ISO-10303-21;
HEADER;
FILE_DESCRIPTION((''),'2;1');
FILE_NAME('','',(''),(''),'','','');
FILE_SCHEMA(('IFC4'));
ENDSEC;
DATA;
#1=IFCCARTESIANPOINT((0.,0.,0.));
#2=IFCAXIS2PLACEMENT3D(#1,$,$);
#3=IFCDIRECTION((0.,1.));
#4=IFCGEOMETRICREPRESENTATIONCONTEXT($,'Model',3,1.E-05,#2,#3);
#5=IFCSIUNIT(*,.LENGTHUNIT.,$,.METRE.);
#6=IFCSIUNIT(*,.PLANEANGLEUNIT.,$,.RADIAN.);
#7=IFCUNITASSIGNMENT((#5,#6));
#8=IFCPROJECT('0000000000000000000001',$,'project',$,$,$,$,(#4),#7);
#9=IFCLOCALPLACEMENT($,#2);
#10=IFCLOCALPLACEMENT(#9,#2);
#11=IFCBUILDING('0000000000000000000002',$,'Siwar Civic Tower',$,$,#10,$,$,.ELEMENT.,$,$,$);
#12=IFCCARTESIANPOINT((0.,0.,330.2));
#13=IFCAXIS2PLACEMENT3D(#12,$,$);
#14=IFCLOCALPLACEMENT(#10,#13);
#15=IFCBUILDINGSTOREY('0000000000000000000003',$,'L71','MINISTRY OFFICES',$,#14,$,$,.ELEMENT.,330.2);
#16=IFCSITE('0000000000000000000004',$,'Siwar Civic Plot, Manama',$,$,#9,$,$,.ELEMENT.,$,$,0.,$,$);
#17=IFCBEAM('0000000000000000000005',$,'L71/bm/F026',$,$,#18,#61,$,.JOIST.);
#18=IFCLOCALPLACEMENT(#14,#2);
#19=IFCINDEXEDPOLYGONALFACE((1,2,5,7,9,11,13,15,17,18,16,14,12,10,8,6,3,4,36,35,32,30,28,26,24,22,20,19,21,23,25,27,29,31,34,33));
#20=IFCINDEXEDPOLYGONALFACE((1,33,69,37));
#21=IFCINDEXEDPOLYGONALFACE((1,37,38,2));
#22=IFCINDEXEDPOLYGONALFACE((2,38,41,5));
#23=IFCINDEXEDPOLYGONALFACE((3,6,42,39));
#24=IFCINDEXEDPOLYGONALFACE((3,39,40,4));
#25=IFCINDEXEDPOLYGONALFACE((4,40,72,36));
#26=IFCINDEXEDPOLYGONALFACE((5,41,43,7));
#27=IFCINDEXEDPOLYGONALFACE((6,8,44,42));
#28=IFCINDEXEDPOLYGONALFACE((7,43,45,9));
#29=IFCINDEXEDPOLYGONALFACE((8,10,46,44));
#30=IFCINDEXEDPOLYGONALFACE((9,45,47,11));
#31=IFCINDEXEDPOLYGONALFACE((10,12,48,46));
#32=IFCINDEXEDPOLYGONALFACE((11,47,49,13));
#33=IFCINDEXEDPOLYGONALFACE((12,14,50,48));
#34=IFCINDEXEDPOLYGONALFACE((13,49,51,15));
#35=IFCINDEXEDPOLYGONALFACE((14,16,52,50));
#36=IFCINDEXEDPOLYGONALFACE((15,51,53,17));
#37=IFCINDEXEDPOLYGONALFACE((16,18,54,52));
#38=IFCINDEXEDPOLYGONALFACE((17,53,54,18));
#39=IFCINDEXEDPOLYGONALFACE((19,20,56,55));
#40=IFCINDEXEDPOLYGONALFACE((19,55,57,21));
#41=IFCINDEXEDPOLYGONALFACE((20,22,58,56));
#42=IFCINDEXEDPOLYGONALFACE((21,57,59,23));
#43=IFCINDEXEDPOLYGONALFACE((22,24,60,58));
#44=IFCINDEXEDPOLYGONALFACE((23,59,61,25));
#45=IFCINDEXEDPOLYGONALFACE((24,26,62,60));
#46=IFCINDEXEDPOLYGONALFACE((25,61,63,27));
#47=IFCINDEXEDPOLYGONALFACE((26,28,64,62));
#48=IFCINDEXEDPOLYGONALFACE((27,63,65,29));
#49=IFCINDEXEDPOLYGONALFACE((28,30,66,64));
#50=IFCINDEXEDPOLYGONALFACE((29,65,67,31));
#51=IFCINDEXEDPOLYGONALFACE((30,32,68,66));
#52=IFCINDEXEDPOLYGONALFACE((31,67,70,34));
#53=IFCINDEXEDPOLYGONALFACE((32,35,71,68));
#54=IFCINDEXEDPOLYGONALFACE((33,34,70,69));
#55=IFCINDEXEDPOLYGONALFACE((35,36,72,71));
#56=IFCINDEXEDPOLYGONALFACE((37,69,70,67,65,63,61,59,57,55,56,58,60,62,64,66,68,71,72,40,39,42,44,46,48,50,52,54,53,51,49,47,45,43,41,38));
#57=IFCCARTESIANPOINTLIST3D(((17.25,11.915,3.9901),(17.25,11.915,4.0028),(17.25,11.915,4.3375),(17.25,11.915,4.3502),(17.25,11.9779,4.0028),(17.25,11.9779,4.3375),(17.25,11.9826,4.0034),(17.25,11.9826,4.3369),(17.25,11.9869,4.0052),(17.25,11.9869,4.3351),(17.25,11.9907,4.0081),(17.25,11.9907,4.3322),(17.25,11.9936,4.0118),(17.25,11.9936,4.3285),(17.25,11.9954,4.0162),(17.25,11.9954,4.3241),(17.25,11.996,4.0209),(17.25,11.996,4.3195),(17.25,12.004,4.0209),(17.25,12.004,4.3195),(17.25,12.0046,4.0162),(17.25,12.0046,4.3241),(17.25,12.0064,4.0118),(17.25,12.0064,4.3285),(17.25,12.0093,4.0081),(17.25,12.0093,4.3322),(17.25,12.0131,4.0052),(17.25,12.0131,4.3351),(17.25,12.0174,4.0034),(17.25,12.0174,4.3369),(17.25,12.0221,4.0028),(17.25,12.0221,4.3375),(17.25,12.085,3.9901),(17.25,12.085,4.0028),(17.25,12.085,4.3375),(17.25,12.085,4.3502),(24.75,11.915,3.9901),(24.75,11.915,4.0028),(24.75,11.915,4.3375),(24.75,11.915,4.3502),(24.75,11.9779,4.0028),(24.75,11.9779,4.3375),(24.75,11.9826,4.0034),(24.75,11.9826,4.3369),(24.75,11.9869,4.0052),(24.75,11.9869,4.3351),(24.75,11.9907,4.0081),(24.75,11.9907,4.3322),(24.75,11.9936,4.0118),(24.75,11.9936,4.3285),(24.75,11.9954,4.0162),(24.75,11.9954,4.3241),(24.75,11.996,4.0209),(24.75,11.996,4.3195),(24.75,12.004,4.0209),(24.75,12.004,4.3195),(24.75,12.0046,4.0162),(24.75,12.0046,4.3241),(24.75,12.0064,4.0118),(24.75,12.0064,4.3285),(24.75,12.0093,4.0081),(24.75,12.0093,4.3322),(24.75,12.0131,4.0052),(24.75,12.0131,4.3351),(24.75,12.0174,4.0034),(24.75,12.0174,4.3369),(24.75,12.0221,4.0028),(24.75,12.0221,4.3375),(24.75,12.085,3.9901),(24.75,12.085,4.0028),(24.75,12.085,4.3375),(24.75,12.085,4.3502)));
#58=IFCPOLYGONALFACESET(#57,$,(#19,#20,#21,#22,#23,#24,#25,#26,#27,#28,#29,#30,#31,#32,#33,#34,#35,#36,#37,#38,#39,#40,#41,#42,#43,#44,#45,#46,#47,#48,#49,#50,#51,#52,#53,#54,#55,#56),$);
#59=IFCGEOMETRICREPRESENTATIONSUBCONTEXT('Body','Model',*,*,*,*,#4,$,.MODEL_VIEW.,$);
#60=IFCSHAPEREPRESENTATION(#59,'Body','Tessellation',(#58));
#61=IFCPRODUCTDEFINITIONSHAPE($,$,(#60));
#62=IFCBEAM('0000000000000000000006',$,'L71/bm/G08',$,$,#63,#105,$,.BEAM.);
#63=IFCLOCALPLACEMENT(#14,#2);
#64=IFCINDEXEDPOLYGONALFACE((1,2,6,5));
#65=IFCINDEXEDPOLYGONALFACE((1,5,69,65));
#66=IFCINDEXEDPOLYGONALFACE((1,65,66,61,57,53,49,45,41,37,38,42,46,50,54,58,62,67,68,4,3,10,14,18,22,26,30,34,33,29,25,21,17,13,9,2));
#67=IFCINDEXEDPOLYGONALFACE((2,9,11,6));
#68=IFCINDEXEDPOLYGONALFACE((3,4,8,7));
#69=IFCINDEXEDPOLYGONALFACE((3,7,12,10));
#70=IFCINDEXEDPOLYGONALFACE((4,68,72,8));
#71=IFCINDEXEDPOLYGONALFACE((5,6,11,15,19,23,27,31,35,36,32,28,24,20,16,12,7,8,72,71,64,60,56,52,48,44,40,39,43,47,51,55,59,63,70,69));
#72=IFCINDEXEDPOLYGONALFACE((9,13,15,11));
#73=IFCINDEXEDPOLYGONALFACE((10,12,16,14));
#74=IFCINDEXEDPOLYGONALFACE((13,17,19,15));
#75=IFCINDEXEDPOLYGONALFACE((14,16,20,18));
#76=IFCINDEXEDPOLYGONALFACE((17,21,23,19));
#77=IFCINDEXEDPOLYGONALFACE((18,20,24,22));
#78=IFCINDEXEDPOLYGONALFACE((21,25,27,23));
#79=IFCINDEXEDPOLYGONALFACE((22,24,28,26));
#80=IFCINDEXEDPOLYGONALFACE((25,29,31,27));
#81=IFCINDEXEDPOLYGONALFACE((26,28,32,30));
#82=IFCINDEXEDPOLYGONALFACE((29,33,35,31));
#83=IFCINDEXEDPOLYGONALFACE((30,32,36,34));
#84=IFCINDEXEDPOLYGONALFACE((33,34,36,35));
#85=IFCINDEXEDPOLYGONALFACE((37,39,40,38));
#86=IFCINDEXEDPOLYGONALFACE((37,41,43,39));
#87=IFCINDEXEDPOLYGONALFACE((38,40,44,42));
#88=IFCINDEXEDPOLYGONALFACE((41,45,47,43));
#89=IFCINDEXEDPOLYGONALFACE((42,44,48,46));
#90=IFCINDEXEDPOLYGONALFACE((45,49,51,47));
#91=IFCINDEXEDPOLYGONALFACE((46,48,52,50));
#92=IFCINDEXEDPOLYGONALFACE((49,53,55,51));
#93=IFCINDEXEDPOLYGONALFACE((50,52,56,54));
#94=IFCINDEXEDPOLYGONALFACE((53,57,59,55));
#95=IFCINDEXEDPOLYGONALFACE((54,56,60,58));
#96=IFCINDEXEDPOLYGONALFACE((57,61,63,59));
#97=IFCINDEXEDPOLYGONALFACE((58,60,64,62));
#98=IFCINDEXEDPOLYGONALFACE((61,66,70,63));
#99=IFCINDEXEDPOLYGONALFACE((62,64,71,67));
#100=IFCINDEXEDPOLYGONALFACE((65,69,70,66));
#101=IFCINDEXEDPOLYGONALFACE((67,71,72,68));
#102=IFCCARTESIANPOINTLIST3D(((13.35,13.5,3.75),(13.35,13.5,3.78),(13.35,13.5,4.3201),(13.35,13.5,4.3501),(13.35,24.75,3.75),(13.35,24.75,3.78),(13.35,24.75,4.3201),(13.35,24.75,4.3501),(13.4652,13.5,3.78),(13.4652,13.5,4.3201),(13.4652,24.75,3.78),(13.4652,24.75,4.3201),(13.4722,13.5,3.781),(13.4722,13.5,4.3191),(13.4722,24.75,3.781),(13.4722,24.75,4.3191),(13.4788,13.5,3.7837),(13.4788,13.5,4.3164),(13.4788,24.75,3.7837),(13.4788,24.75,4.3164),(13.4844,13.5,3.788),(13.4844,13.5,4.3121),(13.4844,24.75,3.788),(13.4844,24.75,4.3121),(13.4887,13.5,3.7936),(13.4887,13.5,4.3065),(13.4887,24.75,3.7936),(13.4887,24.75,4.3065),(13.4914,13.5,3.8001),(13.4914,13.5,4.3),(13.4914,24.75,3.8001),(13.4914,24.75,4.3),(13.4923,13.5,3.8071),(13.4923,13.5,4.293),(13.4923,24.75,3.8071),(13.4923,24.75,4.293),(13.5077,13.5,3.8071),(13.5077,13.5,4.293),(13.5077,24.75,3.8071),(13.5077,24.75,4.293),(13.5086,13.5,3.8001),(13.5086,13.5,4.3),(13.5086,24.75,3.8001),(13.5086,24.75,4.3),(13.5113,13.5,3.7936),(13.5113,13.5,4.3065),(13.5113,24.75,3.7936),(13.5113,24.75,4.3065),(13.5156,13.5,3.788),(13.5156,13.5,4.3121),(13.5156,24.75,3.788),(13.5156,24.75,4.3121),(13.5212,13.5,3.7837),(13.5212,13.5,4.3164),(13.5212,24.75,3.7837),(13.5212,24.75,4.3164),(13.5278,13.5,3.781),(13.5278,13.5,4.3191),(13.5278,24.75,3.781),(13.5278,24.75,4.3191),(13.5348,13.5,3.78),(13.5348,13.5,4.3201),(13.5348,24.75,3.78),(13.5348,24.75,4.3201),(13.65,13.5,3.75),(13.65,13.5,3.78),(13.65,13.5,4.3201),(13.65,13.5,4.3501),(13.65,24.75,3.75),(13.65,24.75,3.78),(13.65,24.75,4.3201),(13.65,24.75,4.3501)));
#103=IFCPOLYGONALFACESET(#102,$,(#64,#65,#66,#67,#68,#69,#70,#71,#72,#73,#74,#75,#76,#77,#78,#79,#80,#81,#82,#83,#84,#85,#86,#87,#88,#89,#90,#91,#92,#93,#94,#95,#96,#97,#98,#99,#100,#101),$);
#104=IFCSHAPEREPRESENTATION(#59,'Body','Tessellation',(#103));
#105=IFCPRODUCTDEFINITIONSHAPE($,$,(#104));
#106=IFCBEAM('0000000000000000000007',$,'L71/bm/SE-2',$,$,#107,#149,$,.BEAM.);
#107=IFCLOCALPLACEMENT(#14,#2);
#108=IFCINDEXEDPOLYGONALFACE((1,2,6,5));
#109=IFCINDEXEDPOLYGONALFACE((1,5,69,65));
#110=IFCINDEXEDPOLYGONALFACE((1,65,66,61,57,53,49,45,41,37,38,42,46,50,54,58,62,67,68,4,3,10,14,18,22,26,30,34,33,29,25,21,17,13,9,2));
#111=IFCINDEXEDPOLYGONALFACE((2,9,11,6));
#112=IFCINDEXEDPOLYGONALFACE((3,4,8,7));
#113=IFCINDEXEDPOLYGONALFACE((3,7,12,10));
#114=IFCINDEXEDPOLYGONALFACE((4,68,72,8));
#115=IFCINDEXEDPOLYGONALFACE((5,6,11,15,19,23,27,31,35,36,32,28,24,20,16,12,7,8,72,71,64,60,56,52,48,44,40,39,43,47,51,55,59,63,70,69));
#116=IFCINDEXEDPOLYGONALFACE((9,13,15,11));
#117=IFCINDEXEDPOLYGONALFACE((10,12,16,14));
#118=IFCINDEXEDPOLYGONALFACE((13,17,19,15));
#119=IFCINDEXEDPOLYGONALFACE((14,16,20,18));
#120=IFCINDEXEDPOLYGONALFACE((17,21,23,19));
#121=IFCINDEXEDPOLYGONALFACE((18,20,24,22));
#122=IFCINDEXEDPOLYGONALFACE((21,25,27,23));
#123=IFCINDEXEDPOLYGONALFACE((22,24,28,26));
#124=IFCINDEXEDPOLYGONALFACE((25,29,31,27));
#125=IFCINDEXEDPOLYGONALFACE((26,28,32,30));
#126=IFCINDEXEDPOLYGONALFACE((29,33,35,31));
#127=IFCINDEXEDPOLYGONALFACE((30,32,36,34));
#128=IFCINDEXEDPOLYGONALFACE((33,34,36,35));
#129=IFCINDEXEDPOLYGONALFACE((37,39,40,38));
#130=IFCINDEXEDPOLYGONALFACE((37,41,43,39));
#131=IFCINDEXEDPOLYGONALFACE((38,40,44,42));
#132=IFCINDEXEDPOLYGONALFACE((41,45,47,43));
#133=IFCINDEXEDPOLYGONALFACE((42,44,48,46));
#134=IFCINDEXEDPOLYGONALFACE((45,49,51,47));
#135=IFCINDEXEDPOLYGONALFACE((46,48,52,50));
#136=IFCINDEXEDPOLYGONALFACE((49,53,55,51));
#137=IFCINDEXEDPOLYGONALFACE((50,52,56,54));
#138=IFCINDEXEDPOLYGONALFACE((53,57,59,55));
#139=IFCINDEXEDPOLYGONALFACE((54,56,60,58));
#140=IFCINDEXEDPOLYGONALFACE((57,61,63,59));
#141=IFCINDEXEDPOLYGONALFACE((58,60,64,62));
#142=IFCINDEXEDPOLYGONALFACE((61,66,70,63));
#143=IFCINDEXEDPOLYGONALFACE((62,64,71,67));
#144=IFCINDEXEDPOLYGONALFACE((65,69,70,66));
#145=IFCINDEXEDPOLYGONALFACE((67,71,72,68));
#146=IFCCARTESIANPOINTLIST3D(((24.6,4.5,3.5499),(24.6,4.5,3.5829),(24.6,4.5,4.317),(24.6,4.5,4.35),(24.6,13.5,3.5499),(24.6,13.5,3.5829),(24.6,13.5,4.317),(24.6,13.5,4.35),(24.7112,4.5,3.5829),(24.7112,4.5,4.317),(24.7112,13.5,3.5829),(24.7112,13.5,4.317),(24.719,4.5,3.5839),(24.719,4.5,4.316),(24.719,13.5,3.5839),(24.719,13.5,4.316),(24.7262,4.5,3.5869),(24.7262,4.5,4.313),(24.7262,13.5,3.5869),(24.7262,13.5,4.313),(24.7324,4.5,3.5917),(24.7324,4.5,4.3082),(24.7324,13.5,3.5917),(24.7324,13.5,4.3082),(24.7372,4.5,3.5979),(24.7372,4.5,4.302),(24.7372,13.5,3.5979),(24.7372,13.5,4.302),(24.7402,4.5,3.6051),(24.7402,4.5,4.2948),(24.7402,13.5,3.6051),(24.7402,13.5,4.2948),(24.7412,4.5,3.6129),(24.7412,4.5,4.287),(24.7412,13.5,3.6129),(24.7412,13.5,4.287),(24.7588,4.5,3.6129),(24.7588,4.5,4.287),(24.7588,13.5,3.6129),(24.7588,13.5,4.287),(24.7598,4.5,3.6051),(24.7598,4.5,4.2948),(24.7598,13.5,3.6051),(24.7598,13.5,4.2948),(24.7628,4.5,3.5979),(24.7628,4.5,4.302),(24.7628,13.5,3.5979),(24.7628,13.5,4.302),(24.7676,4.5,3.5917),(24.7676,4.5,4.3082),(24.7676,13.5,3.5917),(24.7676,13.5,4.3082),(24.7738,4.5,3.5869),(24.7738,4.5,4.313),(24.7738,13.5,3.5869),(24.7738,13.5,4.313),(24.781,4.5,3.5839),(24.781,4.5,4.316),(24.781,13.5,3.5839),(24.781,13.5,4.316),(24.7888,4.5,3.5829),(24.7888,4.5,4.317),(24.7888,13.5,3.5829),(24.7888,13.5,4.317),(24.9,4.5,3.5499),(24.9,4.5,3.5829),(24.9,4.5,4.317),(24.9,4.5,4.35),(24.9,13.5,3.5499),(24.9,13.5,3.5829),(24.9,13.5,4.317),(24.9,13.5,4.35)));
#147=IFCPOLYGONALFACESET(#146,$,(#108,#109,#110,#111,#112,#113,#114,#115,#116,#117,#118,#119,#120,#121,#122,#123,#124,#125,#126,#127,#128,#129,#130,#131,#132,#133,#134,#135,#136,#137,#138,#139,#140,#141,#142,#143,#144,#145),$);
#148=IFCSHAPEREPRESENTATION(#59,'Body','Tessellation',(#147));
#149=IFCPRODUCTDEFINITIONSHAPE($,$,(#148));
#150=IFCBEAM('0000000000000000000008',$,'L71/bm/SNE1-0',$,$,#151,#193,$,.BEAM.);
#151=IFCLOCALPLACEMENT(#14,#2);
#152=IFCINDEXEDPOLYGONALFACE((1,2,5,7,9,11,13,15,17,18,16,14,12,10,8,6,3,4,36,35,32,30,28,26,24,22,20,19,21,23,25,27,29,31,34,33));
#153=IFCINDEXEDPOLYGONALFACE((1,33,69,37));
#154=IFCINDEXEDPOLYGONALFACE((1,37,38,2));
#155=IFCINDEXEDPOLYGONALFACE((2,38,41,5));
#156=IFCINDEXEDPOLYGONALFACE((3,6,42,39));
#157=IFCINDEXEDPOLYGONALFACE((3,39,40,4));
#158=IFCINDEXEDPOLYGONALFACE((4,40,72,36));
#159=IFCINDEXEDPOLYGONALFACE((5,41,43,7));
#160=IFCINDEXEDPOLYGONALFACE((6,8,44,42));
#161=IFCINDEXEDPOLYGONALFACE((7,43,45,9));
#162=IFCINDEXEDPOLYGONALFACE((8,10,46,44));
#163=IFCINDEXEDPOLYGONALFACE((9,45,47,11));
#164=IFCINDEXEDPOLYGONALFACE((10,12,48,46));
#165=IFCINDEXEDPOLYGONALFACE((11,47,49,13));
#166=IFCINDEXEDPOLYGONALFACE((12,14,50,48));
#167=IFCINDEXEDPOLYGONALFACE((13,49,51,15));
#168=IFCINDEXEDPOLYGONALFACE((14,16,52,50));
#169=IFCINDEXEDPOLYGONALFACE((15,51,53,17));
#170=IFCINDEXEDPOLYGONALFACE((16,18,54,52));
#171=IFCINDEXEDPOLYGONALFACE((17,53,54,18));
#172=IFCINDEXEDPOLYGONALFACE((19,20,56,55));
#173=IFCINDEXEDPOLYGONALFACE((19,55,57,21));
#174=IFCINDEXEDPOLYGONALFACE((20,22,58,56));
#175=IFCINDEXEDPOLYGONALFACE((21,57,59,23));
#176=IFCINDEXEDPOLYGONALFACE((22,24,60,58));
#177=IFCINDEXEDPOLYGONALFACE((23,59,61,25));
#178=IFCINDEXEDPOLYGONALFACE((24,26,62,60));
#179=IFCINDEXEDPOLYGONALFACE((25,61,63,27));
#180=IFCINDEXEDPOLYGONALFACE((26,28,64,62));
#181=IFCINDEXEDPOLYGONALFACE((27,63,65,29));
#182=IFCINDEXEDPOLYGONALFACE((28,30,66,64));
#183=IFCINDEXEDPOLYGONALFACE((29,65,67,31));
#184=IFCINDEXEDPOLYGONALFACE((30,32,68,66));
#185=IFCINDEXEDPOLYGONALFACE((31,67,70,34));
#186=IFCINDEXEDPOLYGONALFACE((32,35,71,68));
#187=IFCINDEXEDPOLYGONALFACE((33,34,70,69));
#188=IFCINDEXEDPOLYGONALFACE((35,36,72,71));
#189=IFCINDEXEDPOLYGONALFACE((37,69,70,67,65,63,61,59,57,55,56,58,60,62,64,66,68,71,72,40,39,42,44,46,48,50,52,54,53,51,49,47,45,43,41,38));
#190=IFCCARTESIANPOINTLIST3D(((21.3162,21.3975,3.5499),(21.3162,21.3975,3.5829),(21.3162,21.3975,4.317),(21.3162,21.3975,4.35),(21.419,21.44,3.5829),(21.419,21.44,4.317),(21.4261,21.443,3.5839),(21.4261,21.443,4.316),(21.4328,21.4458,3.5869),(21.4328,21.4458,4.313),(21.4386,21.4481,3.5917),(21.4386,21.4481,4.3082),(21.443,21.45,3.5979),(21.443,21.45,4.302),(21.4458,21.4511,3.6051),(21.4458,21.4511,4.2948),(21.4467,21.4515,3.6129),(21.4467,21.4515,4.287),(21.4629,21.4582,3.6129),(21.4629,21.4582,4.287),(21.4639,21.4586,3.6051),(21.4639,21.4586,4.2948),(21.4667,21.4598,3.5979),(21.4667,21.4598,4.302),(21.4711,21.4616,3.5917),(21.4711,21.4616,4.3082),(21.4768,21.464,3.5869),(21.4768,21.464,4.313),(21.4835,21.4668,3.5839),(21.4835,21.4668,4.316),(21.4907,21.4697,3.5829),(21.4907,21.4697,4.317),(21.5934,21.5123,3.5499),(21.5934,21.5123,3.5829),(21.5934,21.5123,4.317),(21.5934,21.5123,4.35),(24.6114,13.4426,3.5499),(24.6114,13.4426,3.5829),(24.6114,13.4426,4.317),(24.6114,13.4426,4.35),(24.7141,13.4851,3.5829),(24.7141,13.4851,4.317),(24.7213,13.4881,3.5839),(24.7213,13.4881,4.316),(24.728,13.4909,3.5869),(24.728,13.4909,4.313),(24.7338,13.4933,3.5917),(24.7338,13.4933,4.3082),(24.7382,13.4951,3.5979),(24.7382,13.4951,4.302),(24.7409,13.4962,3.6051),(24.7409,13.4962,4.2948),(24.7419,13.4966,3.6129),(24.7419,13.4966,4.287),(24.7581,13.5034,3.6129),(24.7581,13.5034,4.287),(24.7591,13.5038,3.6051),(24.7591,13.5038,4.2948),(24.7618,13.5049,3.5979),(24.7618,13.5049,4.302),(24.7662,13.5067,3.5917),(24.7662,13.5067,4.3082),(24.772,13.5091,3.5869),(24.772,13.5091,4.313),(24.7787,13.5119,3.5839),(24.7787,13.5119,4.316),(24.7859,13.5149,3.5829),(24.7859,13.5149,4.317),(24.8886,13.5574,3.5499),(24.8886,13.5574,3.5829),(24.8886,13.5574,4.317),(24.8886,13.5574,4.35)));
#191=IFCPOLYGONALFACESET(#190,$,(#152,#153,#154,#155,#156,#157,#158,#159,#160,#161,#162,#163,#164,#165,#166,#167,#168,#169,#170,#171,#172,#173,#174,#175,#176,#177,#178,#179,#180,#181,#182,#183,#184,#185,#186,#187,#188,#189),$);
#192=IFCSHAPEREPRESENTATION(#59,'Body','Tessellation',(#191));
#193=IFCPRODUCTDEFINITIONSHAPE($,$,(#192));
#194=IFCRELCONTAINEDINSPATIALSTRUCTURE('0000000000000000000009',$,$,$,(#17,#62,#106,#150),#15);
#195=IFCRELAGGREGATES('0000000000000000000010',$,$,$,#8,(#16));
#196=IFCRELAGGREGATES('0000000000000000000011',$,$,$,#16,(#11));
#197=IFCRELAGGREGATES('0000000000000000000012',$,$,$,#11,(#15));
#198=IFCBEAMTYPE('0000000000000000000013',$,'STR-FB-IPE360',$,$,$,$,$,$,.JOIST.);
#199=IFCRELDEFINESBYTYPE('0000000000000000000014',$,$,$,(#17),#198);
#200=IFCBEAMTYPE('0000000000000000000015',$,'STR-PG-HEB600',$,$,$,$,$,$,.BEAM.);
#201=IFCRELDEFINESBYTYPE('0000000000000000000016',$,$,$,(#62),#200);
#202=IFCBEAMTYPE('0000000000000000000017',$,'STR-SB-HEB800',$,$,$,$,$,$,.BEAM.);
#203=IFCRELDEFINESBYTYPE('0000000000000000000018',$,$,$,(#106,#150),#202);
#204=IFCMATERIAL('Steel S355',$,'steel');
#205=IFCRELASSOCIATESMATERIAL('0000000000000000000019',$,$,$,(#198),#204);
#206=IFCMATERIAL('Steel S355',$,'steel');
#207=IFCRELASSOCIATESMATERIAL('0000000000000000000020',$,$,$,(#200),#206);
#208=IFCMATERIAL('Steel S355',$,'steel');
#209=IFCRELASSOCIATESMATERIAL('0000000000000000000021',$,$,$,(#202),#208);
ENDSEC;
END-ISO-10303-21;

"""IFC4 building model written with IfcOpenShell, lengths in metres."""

from ifc_helpers import new_model, si_unit, direction, frame, origin, origin_2d, place, context, subcontext, project, spatial, i_section, extrude, material, material_profile, profile_set, type_object, element, save


model = new_model("IFC4")

# Units and contexts
model_context = context("Model", 3, precision=1e-05, world=origin(), true_north=direction((0.0, 1.0)))
body_context = subcontext(model_context, "Body", "Model", "MODEL_VIEW")
ifc_project = project(units=[si_unit("LENGTHUNIT", "METRE"), si_unit("PLANEANGLEUNIT", "RADIAN")], contexts=[model_context])

# Site, building, storey
site_placement = place(None, origin())
site = spatial("IfcSite", under=ifc_project, at=site_placement, Name="Siwar Civic Plot, Manama", CompositionType="ELEMENT", RefElevation=0.0)
building_placement = place(site_placement, origin())
building = spatial("IfcBuilding", under=site, at=building_placement, Name="Siwar Civic Tower", CompositionType="ELEMENT")
storey_placement = place(building_placement, frame((0.0, 0.0, 330.2)))
storey = spatial("IfcBuildingStorey", under=building, at=storey_placement, Name="L71", Description="MINISTRY OFFICES", CompositionType="ELEMENT", Elevation=330.2)

# Beams
ifc_material_1 = material(Name="Steel S355", Category="steel")
ifc_material_profile_1 = material_profile(ifc_material_1, i_section(OverallWidth=0.1699, OverallDepth=0.3601, WebThickness=0.0081, FlangeThickness=0.0127, FilletRadius=0.0181, at=origin_2d()), Name="IPE360")
ifc_profile_set_1 = profile_set([ifc_material_profile_1], Name="Steel S355")
beam_type_1 = type_object("IfcBeamType", Name="STR-FB-IPE360", PredefinedType="JOIST", material=ifc_profile_set_1)
for number, where, z_axis, x_axis, name in (
    (1, (17.25, 12.0, 4.1702), (1.0, 0.0, 0.0), (0.0, 1.0, 0.0), "L71/bm/F026"),
):
    element("IfcBeam", number, at=place(storey_placement, frame(where, z_axis=z_axis, x_axis=x_axis)), inside=storey, type_object=beam_type_1, Name=name, PredefinedType="JOIST", context=body_context, shape_type="SweptSolid", body=[
        extrude(i_section(OverallWidth=0.1699, OverallDepth=0.3601, WebThickness=0.0081, FlangeThickness=0.0127, FilletRadius=0.0181, at=origin_2d()), origin(), (0.0, 0.0, 1.0), 7.5),
    ])
ifc_material_2 = material(Name="Steel S355", Category="steel")
ifc_material_profile_2 = material_profile(ifc_material_2, i_section(OverallWidth=0.3, OverallDepth=0.6001, WebThickness=0.0154, FlangeThickness=0.03, FilletRadius=0.0271, at=origin_2d()), Name="HEB600")
ifc_profile_set_2 = profile_set([ifc_material_profile_2], Name="Steel S355")
beam_type_2 = type_object("IfcBeamType", Name="STR-PG-HEB600", PredefinedType="BEAM", material=ifc_profile_set_2)
beam_1_placement = place(storey_placement, frame((13.5, 13.5, 4.05), z_axis=(0.0, 1.0, 0.0), x_axis=(-1.0, 0.0, 0.0)))
element("IfcBeam", 2, at=beam_1_placement, inside=storey, type_object=beam_type_2, Name="L71/bm/G08", PredefinedType="BEAM", context=body_context, shape_type="SweptSolid", body=[
    extrude(i_section(OverallWidth=0.3, OverallDepth=0.6001, WebThickness=0.0154, FlangeThickness=0.03, FilletRadius=0.0271, at=origin_2d()), origin(), (0.0, 0.0, 1.0), 11.25),
])
ifc_material_3 = material(Name="Steel S355", Category="steel")
ifc_material_profile_3 = material_profile(ifc_material_3, i_section(OverallWidth=0.3, OverallDepth=0.8, WebThickness=0.0176, FlangeThickness=0.033, FilletRadius=0.03, at=origin_2d()), Name="HEB800")
ifc_profile_set_3 = profile_set([ifc_material_profile_3], Name="Steel S355")
beam_type_3 = type_object("IfcBeamType", Name="STR-SB-HEB800", PredefinedType="BEAM", material=ifc_profile_set_3)
beam_2_placement = place(storey_placement, frame((24.75, 4.5, 3.95), z_axis=(0.0, 1.0, 0.0), x_axis=(-1.0, 0.0, 0.0)))
element("IfcBeam", 3, at=beam_2_placement, inside=storey, type_object=beam_type_3, Name="L71/bm/SE-2", PredefinedType="BEAM", context=body_context, shape_type="SweptSolid", body=[
    extrude(i_section(OverallWidth=0.3, OverallDepth=0.8, WebThickness=0.0176, FlangeThickness=0.033, FilletRadius=0.03, at=origin_2d()), origin(), (0.0, 0.0, 1.0), 9.0),
])
beam_3_placement = place(storey_placement, frame((24.75, 13.5, 3.95), z_axis=(-0.3827, 0.923873, 0.0), x_axis=(-0.923873, -0.3827, 0.0)))
element("IfcBeam", 4, at=beam_3_placement, inside=storey, type_object=beam_type_3, Name="L71/bm/SNE1-0", PredefinedType="BEAM", context=body_context, shape_type="SweptSolid", body=[
    extrude(i_section(OverallWidth=0.3, OverallDepth=0.8, WebThickness=0.0176, FlangeThickness=0.033, FilletRadius=0.03, at=origin_2d()), origin(), (0.0, 0.0, 1.0), 8.6104),
])

save(model, "model.ifc")
